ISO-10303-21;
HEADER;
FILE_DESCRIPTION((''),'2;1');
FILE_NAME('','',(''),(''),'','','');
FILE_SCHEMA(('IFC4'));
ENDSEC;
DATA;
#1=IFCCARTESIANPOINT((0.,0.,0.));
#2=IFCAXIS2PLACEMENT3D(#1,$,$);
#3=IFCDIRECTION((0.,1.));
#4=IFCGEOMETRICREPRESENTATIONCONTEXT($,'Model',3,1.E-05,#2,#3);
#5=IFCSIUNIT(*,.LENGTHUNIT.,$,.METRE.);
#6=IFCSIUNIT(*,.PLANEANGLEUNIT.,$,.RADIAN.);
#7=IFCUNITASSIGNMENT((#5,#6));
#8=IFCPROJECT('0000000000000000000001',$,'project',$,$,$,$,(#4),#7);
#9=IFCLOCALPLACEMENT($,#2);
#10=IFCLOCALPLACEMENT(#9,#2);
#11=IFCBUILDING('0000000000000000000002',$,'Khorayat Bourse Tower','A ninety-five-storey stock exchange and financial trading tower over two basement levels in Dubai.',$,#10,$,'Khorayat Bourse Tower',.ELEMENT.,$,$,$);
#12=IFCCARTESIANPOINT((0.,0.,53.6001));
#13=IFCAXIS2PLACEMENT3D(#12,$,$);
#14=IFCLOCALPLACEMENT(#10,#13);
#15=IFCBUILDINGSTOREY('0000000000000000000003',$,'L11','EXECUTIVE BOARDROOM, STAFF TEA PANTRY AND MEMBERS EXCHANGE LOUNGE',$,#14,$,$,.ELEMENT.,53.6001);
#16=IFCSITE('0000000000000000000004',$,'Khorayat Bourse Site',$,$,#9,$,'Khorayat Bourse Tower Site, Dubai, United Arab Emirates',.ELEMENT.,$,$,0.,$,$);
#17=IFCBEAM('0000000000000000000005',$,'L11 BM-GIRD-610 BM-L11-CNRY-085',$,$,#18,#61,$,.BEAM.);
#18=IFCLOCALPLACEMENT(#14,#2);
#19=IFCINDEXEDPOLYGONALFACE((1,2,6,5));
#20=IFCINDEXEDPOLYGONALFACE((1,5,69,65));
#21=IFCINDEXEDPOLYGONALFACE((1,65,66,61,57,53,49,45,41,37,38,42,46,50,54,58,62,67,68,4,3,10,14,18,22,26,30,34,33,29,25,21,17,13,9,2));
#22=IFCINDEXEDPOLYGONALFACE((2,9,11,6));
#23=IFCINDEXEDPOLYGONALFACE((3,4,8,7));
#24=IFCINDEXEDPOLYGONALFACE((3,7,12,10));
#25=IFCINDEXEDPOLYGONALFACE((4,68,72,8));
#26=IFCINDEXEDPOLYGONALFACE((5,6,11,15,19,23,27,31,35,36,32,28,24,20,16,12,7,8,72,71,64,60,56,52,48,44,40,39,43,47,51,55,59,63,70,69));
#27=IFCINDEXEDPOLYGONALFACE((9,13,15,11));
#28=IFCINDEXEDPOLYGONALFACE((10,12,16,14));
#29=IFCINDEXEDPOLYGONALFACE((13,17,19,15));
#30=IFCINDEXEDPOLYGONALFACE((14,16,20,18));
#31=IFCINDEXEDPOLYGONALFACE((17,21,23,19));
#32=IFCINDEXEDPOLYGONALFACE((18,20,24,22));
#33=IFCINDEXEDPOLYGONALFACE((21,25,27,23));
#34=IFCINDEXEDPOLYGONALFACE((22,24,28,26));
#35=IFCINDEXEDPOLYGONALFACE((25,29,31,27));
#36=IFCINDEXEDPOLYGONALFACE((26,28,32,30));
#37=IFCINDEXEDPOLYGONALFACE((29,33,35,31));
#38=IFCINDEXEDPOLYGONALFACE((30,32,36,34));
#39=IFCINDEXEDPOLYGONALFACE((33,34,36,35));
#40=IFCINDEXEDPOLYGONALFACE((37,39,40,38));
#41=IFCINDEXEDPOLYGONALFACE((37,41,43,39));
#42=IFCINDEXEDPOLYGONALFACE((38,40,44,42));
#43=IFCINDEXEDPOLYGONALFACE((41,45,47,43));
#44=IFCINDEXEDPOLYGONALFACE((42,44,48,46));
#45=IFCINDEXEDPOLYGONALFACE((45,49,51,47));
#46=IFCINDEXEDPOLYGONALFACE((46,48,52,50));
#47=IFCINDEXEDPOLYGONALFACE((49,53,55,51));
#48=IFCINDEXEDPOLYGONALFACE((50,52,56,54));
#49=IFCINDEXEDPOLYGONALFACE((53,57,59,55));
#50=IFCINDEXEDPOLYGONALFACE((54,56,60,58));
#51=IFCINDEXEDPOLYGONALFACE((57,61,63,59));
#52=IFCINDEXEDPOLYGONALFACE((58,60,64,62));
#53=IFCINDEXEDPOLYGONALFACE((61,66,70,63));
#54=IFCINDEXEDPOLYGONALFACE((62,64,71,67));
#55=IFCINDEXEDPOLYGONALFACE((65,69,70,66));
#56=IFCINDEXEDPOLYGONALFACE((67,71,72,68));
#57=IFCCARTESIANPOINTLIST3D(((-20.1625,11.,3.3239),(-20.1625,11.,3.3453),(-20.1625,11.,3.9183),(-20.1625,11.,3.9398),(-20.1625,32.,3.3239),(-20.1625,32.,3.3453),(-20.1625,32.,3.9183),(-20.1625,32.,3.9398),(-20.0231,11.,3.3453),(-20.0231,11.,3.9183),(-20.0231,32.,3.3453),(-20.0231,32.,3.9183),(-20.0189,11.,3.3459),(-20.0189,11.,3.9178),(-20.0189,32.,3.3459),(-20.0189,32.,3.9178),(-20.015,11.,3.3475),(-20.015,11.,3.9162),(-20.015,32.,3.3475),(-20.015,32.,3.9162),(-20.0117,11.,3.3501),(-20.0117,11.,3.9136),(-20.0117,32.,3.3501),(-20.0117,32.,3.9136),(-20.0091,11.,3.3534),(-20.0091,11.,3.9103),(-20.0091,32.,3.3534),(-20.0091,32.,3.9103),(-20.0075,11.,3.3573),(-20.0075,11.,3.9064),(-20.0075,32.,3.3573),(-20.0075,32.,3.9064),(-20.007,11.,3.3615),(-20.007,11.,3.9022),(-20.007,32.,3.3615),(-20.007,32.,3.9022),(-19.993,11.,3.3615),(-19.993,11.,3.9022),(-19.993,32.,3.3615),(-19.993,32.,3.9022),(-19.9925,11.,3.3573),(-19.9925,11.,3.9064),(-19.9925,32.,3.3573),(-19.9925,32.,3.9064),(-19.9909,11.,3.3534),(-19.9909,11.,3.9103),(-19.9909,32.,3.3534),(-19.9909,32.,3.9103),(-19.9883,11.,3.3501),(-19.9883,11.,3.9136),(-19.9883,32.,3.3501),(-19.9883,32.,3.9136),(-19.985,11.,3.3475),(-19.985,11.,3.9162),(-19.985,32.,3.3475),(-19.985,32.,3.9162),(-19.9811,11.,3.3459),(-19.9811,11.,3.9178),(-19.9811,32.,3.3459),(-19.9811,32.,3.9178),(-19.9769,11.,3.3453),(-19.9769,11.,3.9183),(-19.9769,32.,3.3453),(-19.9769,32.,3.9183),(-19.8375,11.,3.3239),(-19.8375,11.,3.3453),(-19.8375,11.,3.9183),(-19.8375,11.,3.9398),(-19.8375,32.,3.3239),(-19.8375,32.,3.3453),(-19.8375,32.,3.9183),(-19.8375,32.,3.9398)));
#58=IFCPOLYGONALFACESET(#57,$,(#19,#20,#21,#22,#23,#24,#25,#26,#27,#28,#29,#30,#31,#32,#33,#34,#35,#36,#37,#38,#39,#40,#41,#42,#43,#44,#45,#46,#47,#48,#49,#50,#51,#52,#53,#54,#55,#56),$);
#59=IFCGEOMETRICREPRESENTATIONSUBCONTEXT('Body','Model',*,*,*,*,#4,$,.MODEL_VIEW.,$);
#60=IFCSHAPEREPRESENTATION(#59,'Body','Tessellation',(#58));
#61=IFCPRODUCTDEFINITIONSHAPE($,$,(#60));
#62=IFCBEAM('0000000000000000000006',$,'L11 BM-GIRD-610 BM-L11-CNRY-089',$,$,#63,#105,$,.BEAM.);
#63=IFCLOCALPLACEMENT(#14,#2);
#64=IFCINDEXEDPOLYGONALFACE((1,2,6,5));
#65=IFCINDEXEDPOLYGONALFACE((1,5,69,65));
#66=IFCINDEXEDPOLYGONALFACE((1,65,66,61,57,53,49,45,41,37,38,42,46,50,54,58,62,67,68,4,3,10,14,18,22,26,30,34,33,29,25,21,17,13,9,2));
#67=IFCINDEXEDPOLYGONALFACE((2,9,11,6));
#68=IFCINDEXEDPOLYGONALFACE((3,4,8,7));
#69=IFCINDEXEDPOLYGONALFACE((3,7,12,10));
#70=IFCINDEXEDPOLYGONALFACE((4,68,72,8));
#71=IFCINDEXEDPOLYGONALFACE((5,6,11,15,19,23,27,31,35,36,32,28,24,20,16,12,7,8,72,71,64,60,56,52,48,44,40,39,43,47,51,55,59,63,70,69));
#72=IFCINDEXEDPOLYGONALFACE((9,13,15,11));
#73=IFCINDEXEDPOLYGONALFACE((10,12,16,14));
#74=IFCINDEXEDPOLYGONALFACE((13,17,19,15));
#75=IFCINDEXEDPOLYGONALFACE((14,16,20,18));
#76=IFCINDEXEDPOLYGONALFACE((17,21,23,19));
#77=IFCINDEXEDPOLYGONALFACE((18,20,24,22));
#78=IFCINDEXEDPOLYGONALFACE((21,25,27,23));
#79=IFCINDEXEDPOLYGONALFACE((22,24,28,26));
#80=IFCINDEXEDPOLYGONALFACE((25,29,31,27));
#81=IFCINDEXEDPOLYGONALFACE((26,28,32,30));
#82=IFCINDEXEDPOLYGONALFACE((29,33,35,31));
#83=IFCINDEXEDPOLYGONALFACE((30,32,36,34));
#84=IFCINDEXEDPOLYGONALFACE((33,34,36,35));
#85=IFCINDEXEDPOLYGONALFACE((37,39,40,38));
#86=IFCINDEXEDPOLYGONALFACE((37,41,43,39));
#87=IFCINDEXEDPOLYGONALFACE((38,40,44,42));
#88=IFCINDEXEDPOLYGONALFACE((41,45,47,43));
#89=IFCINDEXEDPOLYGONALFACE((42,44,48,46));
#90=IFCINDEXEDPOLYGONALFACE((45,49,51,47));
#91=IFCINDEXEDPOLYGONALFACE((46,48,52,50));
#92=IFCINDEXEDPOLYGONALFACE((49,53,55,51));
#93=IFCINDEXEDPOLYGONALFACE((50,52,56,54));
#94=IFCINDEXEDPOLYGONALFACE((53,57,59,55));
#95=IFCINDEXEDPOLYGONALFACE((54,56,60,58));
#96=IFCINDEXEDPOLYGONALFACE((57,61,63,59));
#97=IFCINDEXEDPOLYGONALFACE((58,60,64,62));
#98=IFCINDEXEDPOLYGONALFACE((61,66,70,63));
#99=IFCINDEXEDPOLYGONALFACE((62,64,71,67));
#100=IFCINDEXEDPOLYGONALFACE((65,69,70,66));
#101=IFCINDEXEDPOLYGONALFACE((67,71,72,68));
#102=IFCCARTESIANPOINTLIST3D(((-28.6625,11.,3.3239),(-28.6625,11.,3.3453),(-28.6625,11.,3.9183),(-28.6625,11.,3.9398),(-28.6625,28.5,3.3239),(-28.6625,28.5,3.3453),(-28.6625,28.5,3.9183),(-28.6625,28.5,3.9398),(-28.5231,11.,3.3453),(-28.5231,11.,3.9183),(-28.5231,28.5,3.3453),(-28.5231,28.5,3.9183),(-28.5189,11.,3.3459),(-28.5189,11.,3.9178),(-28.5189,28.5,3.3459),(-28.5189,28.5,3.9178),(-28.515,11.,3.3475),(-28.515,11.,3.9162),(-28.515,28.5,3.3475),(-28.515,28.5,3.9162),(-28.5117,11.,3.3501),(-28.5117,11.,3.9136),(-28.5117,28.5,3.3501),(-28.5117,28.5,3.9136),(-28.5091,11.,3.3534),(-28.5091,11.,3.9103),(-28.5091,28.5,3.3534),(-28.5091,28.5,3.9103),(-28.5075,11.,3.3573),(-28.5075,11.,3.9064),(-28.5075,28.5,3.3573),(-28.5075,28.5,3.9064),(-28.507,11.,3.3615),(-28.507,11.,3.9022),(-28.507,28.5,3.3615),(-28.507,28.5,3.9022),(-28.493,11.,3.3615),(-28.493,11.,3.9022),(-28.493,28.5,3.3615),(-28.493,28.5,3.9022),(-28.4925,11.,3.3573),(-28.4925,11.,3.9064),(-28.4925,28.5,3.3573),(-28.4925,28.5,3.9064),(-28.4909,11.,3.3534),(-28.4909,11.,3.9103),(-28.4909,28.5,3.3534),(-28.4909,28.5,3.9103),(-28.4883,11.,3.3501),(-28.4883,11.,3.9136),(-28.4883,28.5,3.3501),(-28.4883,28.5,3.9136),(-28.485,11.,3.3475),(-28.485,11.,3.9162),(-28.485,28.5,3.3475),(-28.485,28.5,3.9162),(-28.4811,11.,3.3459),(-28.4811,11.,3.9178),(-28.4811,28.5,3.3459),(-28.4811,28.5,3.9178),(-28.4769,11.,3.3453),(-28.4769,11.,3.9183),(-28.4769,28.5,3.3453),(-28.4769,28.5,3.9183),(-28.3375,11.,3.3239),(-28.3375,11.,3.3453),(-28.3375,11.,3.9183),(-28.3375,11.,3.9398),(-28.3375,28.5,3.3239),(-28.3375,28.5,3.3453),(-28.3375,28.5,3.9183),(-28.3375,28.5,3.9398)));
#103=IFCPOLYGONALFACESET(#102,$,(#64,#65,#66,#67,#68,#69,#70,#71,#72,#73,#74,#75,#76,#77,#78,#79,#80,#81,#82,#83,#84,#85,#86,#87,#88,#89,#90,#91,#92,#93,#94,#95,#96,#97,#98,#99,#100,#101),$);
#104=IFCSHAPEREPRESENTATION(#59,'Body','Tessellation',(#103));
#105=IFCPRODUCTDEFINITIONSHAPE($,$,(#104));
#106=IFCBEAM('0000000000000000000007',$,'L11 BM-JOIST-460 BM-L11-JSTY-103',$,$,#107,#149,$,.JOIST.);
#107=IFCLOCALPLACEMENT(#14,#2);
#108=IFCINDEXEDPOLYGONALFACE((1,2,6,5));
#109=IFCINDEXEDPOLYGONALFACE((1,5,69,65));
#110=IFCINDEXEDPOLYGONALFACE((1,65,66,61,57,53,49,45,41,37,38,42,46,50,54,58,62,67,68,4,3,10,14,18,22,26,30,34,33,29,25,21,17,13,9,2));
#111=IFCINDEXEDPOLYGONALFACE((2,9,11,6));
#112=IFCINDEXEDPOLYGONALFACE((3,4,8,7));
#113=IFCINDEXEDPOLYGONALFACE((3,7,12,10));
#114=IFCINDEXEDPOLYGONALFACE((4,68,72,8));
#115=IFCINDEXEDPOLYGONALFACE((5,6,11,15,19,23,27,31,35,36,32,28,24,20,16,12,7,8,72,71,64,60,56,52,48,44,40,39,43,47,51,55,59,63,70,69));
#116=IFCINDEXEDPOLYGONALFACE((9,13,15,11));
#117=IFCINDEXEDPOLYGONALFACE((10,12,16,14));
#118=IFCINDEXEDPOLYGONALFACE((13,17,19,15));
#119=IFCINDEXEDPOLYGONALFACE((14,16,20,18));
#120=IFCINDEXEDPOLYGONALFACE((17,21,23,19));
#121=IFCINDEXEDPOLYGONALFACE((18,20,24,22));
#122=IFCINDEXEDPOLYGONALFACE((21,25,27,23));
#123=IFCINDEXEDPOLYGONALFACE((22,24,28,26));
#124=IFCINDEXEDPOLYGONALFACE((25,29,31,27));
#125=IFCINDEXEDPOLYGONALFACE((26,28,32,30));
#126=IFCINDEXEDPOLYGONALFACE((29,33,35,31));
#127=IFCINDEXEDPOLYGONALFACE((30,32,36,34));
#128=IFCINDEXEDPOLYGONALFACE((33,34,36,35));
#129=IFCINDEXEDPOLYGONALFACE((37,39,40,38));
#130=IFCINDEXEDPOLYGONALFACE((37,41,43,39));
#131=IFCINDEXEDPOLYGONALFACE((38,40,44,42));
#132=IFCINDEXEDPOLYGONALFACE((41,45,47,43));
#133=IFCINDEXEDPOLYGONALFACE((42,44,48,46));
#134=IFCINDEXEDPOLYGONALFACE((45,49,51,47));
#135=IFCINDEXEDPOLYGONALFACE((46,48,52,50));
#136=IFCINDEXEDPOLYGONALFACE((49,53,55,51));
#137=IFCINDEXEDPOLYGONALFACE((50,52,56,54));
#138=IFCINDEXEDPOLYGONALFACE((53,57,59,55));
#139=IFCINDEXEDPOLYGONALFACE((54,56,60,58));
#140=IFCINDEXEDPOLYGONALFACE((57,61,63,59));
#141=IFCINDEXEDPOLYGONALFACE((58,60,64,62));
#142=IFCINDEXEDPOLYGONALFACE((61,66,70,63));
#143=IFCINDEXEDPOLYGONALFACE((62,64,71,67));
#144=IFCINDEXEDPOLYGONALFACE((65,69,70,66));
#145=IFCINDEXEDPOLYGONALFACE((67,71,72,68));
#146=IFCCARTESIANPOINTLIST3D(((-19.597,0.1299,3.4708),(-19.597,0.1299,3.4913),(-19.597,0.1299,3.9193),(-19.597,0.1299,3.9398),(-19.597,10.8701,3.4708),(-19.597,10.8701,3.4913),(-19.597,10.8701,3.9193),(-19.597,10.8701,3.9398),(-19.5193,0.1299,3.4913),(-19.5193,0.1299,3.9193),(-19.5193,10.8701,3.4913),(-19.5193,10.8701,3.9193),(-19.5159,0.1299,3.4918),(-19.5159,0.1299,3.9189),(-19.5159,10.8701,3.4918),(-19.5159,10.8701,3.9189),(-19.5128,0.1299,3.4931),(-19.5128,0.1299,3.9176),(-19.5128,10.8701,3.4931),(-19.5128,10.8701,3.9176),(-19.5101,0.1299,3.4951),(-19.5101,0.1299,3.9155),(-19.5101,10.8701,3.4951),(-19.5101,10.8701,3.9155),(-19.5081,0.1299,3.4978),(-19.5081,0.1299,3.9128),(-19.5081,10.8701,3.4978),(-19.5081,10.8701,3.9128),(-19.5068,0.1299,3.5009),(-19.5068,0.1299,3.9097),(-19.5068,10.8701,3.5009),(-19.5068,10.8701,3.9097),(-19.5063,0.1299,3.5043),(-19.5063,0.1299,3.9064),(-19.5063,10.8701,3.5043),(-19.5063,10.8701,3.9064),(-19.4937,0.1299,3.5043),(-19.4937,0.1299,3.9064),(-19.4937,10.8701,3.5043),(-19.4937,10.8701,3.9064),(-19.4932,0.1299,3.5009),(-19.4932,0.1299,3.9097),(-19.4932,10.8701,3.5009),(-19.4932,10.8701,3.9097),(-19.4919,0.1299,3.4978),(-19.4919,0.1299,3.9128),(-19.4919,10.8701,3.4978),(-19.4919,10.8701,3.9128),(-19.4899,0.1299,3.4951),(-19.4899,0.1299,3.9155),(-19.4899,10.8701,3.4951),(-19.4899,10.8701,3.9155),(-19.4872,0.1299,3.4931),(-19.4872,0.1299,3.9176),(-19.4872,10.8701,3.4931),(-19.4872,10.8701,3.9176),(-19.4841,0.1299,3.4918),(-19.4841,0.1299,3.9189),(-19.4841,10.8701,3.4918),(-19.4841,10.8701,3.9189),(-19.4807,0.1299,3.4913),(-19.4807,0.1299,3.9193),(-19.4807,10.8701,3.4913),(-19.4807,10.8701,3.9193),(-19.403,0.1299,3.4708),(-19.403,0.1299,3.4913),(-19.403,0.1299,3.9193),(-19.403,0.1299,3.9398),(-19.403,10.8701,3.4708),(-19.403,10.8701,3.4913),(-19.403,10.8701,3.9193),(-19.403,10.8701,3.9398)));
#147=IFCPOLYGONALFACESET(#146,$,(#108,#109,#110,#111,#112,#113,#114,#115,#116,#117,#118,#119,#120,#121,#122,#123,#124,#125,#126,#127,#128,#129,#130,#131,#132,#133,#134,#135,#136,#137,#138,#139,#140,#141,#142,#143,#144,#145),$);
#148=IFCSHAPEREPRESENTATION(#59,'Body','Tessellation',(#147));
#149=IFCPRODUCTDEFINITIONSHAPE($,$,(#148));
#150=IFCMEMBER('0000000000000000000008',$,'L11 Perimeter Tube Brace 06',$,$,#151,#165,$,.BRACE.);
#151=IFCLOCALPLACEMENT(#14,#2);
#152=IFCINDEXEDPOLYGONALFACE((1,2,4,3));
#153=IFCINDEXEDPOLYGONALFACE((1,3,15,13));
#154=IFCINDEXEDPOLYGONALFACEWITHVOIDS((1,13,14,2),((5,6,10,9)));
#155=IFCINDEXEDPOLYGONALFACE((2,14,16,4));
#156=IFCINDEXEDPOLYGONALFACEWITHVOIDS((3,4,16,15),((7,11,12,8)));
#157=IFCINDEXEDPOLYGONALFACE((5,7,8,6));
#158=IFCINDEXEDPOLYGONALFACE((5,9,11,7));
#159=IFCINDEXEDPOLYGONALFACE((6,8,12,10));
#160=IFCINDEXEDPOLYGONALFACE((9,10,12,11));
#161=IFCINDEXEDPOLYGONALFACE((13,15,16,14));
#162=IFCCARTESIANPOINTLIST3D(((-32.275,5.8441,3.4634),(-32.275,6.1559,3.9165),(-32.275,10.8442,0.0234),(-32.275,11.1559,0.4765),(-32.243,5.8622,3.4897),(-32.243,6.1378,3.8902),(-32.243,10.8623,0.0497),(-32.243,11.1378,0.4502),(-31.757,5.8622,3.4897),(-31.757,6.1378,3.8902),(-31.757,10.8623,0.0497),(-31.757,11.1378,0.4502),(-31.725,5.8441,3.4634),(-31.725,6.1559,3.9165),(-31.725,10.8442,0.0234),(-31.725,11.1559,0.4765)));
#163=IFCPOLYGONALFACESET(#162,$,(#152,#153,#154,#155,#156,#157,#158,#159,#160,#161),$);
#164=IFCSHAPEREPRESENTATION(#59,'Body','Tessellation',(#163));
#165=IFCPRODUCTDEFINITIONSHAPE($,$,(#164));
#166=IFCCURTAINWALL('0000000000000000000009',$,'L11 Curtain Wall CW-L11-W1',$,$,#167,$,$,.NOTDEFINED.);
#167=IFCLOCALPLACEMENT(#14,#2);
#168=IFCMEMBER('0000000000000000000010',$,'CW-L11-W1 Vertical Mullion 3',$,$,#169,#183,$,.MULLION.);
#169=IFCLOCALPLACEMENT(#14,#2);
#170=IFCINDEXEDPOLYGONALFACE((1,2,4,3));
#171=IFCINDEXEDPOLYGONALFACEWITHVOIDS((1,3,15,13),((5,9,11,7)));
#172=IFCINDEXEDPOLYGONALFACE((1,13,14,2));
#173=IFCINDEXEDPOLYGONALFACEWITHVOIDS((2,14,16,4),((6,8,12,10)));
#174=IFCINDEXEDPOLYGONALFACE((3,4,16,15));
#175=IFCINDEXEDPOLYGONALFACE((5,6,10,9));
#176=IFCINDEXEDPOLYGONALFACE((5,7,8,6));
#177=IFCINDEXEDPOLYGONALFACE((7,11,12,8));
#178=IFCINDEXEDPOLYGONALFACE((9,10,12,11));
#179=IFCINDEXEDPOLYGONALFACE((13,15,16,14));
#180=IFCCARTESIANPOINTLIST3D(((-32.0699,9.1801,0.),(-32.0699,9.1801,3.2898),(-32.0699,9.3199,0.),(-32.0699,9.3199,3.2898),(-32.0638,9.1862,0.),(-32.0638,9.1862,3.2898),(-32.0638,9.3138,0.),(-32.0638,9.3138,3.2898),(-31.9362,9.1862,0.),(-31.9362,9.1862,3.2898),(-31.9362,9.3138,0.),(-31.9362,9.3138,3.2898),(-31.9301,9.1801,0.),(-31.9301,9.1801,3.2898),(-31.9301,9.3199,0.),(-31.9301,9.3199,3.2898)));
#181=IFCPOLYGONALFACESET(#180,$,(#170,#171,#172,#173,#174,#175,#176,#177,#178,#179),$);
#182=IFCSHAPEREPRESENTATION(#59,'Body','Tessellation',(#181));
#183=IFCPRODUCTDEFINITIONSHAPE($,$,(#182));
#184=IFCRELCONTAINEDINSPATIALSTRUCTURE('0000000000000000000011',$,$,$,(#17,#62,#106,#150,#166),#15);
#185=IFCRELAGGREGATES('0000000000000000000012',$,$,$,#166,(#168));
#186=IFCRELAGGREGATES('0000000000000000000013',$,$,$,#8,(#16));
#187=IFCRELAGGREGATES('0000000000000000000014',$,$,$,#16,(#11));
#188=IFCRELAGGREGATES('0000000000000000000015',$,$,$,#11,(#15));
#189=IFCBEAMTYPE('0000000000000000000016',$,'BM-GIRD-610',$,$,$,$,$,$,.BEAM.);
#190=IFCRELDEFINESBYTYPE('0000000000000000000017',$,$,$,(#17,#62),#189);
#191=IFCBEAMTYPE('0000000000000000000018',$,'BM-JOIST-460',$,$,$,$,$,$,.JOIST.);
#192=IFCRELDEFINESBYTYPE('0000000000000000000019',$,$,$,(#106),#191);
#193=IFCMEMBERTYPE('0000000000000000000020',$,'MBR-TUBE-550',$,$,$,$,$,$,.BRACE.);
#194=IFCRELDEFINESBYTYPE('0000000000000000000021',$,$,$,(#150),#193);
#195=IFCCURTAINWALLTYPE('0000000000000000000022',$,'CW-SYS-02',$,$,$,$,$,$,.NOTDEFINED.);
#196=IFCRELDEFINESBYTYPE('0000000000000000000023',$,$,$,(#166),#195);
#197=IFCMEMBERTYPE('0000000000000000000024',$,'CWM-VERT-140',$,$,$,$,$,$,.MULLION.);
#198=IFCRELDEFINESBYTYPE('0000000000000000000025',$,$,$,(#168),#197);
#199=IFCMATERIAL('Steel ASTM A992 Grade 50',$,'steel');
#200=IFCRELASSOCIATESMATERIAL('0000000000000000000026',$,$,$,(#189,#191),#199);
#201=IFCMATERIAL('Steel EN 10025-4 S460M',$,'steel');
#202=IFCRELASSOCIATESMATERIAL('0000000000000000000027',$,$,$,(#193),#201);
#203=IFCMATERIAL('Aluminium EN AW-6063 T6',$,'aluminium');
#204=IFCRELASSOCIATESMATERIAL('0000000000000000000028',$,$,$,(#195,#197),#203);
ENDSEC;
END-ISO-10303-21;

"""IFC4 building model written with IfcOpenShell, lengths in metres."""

from ifc_helpers import new_model, si_unit, direction, frame, origin, origin_2d, place, context, subcontext, project, spatial, hollow_rectangle, i_section, extrude, source, transform, mapped, material, material_profile, profile_set, type_object, element, aggregate, save


model = new_model("IFC4")

# Units and contexts
model_context = context("Model", 3, precision=1e-05, world=origin(), true_north=direction((0.0, 1.0)))
body_context = subcontext(model_context, "Body", "Model", "MODEL_VIEW")
ifc_project = project(units=[si_unit("LENGTHUNIT", "METRE"), si_unit("PLANEANGLEUNIT", "RADIAN")], contexts=[model_context])

# Site, building, storey
site_placement = place(None, origin())
site = spatial("IfcSite", under=ifc_project, at=site_placement, Name="Khorayat Bourse Site", LongName="Khorayat Bourse Tower Site, Dubai, United Arab Emirates", CompositionType="ELEMENT", RefElevation=0.0)
building_placement = place(site_placement, origin())
building = spatial("IfcBuilding", under=site, at=building_placement, Name="Khorayat Bourse Tower", Description="A ninety-five-storey stock exchange and financial trading tower over two basement levels in Dubai.", LongName="Khorayat Bourse Tower", CompositionType="ELEMENT")
storey_placement = place(building_placement, frame((0.0, 0.0, 53.6001)))
storey = spatial("IfcBuildingStorey", under=building, at=storey_placement, Name="L11", Description="EXECUTIVE BOARDROOM, STAFF TEA PANTRY AND MEMBERS EXCHANGE LOUNGE", CompositionType="ELEMENT", Elevation=53.6001)

# Shared definitions
ifc_material_1 = material(Name="Steel EN 10025-4 S460M", Category="steel")

# Beams
ifc_material_2 = material(Name="Steel ASTM A992 Grade 50", Category="steel")
ifc_material_profile_1 = material_profile(ifc_material_2, i_section(OverallWidth=0.325, OverallDepth=0.616, WebThickness=0.0139, FlangeThickness=0.0215, FilletRadius=0.0161, at=origin_2d()), Name="W610X174")
ifc_profile_set_1 = profile_set([ifc_material_profile_1], Name="Steel ASTM A992 Grade 50")
beam_type_1 = type_object("IfcBeamType", Name="BM-GIRD-610", PredefinedType="BEAM", material=ifc_profile_set_1)
shared_shape_1 = source(origin(), body_context, "Body", "SweptSolid", [
    extrude(i_section(OverallWidth=0.325, OverallDepth=0.616, WebThickness=0.0139, FlangeThickness=0.0215, FilletRadius=0.0161, at=origin_2d()), origin(), (0.0, 0.0, 1.0), 21.0),
])
beam_1_placement = place(storey_placement, frame((-20.0, 11.0, 3.6318), z_axis=(0.0, 1.0, 0.0), x_axis=(-1.0, 0.0, 0.0)))
element("IfcBeam", 1, at=beam_1_placement, inside=storey, type_object=beam_type_1, Name="L11 BM-GIRD-610 BM-L11-CNRY-085", PredefinedType="BEAM", context=body_context, shape_type="MappedRepresentation", body=[
    mapped(shared_shape_1, transform((0.0, 0.0, 0.0), scale=1.0)),
])
shared_shape_2 = source(origin(), body_context, "Body", "SweptSolid", [
    extrude(i_section(OverallWidth=0.325, OverallDepth=0.616, WebThickness=0.0139, FlangeThickness=0.0215, FilletRadius=0.0161, at=origin_2d()), origin(), (0.0, 0.0, 1.0), 17.5),
])
beam_2_placement = place(storey_placement, frame((-28.5, 11.0, 3.6318), z_axis=(0.0, 1.0, 0.0), x_axis=(-1.0, 0.0, 0.0)))
element("IfcBeam", 2, at=beam_2_placement, inside=storey, type_object=beam_type_1, Name="L11 BM-GIRD-610 BM-L11-CNRY-089", PredefinedType="BEAM", context=body_context, shape_type="MappedRepresentation", body=[
    mapped(shared_shape_2, transform((0.0, 0.0, 0.0), scale=1.0)),
])
ifc_material_profile_2 = material_profile(ifc_material_2, i_section(OverallWidth=0.1941, OverallDepth=0.469, WebThickness=0.0127, FlangeThickness=0.0205, FilletRadius=0.0129, at=origin_2d()), Name="W460X106")
ifc_profile_set_2 = profile_set([ifc_material_profile_2], Name="Steel ASTM A992 Grade 50")
beam_type_2 = type_object("IfcBeamType", Name="BM-JOIST-460", PredefinedType="JOIST", material=ifc_profile_set_2)
shared_shape_3 = source(origin(), body_context, "Body", "SweptSolid", [
    extrude(i_section(OverallWidth=0.1941, OverallDepth=0.469, WebThickness=0.0127, FlangeThickness=0.0205, FilletRadius=0.0129, at=origin_2d()), origin(), (0.0, 0.0, 1.0), 10.7402),
])
beam_3_placement = place(storey_placement, frame((-19.5, 0.1299, 3.7053), z_axis=(0.0, 1.0, 0.0), x_axis=(-1.0, 0.0, 0.0)))
element("IfcBeam", 3, at=beam_3_placement, inside=storey, type_object=beam_type_2, Name="L11 BM-JOIST-460 BM-L11-JSTY-103", PredefinedType="JOIST", context=body_context, shape_type="MappedRepresentation", body=[
    mapped(shared_shape_3, transform((0.0, 0.0, 0.0), scale=1.0)),
])

# Member
ifc_material_profile_3 = material_profile(ifc_material_1, hollow_rectangle(XDim=0.55, YDim=0.55, WallThickness=0.032, at=origin_2d()), Name="HSS 550x550x32")
ifc_profile_set_3 = profile_set([ifc_material_profile_3], Name="Steel EN 10025-4 S460M")
member_type_1 = type_object("IfcMemberType", Name="MBR-TUBE-550", PredefinedType="BRACE", material=ifc_profile_set_3)
shared_shape_4 = source(origin(), body_context, "Body", "SweptSolid", [
    extrude(hollow_rectangle(XDim=0.55, YDim=0.55, WallThickness=0.032, at=origin_2d()), origin(), (0.0, 0.0, 1.0), 6.0691),
])
member_1_placement = place(storey_placement, frame((-32.0, 6.0, 3.6899), z_axis=(0.0, 0.823854, -0.566802), x_axis=(-1.0, 0.0, 0.0)))
element("IfcMember", 4, at=member_1_placement, inside=storey, type_object=member_type_1, Name="L11 Perimeter Tube Brace 06", PredefinedType="BRACE", context=body_context, shape_type="MappedRepresentation", body=[
    mapped(shared_shape_4, transform((0.0, 0.0, 0.0), scale=1.0)),
])

# Curtain wall, member
ifc_material_3 = material(Name="Aluminium EN AW-6063 T6", Category="aluminium")
curtain_wall_type = type_object("IfcCurtainWallType", Name="CW-SYS-02", PredefinedType="NOTDEFINED", material=ifc_material_3)
curtain_wall_placement = place(storey_placement, origin())
curtain_wall = element("IfcCurtainWall", 5, at=curtain_wall_placement, inside=storey, type_object=curtain_wall_type, Name="L11 Curtain Wall CW-L11-W1", PredefinedType="NOTDEFINED")
ifc_material_profile_4 = material_profile(ifc_material_3, hollow_rectangle(XDim=0.1399, YDim=0.1399, WallThickness=0.0061, at=origin_2d()), Name="ALU 140x140x6")
ifc_profile_set_4 = profile_set([ifc_material_profile_4], Name="Aluminium EN AW-6063 T6")
member_type_2 = type_object("IfcMemberType", Name="CWM-VERT-140", PredefinedType="MULLION", material=ifc_profile_set_4)
shared_shape_5 = source(origin(), body_context, "Body", "SweptSolid", [
    extrude(hollow_rectangle(XDim=0.1399, YDim=0.1399, WallThickness=0.0061, at=origin_2d()), origin(), (0.0, 0.0, 1.0), 3.2898),
])
member_2_placement = place(storey_placement, frame((-32.0, 9.25, 0.0), z_axis=(0.0, 0.0, 1.0), x_axis=(-1.0, 0.0, 0.0)))
member_2 = element("IfcMember", 6, at=member_2_placement, type_object=member_type_2, Name="CW-L11-W1 Vertical Mullion 3", PredefinedType="MULLION", context=body_context, shape_type="MappedRepresentation", body=[
    mapped(shared_shape_5, transform((0.0, 0.0, 0.0), scale=1.0)),
])

aggregate(curtain_wall, [member_2])

save(model, "model.ifc")
